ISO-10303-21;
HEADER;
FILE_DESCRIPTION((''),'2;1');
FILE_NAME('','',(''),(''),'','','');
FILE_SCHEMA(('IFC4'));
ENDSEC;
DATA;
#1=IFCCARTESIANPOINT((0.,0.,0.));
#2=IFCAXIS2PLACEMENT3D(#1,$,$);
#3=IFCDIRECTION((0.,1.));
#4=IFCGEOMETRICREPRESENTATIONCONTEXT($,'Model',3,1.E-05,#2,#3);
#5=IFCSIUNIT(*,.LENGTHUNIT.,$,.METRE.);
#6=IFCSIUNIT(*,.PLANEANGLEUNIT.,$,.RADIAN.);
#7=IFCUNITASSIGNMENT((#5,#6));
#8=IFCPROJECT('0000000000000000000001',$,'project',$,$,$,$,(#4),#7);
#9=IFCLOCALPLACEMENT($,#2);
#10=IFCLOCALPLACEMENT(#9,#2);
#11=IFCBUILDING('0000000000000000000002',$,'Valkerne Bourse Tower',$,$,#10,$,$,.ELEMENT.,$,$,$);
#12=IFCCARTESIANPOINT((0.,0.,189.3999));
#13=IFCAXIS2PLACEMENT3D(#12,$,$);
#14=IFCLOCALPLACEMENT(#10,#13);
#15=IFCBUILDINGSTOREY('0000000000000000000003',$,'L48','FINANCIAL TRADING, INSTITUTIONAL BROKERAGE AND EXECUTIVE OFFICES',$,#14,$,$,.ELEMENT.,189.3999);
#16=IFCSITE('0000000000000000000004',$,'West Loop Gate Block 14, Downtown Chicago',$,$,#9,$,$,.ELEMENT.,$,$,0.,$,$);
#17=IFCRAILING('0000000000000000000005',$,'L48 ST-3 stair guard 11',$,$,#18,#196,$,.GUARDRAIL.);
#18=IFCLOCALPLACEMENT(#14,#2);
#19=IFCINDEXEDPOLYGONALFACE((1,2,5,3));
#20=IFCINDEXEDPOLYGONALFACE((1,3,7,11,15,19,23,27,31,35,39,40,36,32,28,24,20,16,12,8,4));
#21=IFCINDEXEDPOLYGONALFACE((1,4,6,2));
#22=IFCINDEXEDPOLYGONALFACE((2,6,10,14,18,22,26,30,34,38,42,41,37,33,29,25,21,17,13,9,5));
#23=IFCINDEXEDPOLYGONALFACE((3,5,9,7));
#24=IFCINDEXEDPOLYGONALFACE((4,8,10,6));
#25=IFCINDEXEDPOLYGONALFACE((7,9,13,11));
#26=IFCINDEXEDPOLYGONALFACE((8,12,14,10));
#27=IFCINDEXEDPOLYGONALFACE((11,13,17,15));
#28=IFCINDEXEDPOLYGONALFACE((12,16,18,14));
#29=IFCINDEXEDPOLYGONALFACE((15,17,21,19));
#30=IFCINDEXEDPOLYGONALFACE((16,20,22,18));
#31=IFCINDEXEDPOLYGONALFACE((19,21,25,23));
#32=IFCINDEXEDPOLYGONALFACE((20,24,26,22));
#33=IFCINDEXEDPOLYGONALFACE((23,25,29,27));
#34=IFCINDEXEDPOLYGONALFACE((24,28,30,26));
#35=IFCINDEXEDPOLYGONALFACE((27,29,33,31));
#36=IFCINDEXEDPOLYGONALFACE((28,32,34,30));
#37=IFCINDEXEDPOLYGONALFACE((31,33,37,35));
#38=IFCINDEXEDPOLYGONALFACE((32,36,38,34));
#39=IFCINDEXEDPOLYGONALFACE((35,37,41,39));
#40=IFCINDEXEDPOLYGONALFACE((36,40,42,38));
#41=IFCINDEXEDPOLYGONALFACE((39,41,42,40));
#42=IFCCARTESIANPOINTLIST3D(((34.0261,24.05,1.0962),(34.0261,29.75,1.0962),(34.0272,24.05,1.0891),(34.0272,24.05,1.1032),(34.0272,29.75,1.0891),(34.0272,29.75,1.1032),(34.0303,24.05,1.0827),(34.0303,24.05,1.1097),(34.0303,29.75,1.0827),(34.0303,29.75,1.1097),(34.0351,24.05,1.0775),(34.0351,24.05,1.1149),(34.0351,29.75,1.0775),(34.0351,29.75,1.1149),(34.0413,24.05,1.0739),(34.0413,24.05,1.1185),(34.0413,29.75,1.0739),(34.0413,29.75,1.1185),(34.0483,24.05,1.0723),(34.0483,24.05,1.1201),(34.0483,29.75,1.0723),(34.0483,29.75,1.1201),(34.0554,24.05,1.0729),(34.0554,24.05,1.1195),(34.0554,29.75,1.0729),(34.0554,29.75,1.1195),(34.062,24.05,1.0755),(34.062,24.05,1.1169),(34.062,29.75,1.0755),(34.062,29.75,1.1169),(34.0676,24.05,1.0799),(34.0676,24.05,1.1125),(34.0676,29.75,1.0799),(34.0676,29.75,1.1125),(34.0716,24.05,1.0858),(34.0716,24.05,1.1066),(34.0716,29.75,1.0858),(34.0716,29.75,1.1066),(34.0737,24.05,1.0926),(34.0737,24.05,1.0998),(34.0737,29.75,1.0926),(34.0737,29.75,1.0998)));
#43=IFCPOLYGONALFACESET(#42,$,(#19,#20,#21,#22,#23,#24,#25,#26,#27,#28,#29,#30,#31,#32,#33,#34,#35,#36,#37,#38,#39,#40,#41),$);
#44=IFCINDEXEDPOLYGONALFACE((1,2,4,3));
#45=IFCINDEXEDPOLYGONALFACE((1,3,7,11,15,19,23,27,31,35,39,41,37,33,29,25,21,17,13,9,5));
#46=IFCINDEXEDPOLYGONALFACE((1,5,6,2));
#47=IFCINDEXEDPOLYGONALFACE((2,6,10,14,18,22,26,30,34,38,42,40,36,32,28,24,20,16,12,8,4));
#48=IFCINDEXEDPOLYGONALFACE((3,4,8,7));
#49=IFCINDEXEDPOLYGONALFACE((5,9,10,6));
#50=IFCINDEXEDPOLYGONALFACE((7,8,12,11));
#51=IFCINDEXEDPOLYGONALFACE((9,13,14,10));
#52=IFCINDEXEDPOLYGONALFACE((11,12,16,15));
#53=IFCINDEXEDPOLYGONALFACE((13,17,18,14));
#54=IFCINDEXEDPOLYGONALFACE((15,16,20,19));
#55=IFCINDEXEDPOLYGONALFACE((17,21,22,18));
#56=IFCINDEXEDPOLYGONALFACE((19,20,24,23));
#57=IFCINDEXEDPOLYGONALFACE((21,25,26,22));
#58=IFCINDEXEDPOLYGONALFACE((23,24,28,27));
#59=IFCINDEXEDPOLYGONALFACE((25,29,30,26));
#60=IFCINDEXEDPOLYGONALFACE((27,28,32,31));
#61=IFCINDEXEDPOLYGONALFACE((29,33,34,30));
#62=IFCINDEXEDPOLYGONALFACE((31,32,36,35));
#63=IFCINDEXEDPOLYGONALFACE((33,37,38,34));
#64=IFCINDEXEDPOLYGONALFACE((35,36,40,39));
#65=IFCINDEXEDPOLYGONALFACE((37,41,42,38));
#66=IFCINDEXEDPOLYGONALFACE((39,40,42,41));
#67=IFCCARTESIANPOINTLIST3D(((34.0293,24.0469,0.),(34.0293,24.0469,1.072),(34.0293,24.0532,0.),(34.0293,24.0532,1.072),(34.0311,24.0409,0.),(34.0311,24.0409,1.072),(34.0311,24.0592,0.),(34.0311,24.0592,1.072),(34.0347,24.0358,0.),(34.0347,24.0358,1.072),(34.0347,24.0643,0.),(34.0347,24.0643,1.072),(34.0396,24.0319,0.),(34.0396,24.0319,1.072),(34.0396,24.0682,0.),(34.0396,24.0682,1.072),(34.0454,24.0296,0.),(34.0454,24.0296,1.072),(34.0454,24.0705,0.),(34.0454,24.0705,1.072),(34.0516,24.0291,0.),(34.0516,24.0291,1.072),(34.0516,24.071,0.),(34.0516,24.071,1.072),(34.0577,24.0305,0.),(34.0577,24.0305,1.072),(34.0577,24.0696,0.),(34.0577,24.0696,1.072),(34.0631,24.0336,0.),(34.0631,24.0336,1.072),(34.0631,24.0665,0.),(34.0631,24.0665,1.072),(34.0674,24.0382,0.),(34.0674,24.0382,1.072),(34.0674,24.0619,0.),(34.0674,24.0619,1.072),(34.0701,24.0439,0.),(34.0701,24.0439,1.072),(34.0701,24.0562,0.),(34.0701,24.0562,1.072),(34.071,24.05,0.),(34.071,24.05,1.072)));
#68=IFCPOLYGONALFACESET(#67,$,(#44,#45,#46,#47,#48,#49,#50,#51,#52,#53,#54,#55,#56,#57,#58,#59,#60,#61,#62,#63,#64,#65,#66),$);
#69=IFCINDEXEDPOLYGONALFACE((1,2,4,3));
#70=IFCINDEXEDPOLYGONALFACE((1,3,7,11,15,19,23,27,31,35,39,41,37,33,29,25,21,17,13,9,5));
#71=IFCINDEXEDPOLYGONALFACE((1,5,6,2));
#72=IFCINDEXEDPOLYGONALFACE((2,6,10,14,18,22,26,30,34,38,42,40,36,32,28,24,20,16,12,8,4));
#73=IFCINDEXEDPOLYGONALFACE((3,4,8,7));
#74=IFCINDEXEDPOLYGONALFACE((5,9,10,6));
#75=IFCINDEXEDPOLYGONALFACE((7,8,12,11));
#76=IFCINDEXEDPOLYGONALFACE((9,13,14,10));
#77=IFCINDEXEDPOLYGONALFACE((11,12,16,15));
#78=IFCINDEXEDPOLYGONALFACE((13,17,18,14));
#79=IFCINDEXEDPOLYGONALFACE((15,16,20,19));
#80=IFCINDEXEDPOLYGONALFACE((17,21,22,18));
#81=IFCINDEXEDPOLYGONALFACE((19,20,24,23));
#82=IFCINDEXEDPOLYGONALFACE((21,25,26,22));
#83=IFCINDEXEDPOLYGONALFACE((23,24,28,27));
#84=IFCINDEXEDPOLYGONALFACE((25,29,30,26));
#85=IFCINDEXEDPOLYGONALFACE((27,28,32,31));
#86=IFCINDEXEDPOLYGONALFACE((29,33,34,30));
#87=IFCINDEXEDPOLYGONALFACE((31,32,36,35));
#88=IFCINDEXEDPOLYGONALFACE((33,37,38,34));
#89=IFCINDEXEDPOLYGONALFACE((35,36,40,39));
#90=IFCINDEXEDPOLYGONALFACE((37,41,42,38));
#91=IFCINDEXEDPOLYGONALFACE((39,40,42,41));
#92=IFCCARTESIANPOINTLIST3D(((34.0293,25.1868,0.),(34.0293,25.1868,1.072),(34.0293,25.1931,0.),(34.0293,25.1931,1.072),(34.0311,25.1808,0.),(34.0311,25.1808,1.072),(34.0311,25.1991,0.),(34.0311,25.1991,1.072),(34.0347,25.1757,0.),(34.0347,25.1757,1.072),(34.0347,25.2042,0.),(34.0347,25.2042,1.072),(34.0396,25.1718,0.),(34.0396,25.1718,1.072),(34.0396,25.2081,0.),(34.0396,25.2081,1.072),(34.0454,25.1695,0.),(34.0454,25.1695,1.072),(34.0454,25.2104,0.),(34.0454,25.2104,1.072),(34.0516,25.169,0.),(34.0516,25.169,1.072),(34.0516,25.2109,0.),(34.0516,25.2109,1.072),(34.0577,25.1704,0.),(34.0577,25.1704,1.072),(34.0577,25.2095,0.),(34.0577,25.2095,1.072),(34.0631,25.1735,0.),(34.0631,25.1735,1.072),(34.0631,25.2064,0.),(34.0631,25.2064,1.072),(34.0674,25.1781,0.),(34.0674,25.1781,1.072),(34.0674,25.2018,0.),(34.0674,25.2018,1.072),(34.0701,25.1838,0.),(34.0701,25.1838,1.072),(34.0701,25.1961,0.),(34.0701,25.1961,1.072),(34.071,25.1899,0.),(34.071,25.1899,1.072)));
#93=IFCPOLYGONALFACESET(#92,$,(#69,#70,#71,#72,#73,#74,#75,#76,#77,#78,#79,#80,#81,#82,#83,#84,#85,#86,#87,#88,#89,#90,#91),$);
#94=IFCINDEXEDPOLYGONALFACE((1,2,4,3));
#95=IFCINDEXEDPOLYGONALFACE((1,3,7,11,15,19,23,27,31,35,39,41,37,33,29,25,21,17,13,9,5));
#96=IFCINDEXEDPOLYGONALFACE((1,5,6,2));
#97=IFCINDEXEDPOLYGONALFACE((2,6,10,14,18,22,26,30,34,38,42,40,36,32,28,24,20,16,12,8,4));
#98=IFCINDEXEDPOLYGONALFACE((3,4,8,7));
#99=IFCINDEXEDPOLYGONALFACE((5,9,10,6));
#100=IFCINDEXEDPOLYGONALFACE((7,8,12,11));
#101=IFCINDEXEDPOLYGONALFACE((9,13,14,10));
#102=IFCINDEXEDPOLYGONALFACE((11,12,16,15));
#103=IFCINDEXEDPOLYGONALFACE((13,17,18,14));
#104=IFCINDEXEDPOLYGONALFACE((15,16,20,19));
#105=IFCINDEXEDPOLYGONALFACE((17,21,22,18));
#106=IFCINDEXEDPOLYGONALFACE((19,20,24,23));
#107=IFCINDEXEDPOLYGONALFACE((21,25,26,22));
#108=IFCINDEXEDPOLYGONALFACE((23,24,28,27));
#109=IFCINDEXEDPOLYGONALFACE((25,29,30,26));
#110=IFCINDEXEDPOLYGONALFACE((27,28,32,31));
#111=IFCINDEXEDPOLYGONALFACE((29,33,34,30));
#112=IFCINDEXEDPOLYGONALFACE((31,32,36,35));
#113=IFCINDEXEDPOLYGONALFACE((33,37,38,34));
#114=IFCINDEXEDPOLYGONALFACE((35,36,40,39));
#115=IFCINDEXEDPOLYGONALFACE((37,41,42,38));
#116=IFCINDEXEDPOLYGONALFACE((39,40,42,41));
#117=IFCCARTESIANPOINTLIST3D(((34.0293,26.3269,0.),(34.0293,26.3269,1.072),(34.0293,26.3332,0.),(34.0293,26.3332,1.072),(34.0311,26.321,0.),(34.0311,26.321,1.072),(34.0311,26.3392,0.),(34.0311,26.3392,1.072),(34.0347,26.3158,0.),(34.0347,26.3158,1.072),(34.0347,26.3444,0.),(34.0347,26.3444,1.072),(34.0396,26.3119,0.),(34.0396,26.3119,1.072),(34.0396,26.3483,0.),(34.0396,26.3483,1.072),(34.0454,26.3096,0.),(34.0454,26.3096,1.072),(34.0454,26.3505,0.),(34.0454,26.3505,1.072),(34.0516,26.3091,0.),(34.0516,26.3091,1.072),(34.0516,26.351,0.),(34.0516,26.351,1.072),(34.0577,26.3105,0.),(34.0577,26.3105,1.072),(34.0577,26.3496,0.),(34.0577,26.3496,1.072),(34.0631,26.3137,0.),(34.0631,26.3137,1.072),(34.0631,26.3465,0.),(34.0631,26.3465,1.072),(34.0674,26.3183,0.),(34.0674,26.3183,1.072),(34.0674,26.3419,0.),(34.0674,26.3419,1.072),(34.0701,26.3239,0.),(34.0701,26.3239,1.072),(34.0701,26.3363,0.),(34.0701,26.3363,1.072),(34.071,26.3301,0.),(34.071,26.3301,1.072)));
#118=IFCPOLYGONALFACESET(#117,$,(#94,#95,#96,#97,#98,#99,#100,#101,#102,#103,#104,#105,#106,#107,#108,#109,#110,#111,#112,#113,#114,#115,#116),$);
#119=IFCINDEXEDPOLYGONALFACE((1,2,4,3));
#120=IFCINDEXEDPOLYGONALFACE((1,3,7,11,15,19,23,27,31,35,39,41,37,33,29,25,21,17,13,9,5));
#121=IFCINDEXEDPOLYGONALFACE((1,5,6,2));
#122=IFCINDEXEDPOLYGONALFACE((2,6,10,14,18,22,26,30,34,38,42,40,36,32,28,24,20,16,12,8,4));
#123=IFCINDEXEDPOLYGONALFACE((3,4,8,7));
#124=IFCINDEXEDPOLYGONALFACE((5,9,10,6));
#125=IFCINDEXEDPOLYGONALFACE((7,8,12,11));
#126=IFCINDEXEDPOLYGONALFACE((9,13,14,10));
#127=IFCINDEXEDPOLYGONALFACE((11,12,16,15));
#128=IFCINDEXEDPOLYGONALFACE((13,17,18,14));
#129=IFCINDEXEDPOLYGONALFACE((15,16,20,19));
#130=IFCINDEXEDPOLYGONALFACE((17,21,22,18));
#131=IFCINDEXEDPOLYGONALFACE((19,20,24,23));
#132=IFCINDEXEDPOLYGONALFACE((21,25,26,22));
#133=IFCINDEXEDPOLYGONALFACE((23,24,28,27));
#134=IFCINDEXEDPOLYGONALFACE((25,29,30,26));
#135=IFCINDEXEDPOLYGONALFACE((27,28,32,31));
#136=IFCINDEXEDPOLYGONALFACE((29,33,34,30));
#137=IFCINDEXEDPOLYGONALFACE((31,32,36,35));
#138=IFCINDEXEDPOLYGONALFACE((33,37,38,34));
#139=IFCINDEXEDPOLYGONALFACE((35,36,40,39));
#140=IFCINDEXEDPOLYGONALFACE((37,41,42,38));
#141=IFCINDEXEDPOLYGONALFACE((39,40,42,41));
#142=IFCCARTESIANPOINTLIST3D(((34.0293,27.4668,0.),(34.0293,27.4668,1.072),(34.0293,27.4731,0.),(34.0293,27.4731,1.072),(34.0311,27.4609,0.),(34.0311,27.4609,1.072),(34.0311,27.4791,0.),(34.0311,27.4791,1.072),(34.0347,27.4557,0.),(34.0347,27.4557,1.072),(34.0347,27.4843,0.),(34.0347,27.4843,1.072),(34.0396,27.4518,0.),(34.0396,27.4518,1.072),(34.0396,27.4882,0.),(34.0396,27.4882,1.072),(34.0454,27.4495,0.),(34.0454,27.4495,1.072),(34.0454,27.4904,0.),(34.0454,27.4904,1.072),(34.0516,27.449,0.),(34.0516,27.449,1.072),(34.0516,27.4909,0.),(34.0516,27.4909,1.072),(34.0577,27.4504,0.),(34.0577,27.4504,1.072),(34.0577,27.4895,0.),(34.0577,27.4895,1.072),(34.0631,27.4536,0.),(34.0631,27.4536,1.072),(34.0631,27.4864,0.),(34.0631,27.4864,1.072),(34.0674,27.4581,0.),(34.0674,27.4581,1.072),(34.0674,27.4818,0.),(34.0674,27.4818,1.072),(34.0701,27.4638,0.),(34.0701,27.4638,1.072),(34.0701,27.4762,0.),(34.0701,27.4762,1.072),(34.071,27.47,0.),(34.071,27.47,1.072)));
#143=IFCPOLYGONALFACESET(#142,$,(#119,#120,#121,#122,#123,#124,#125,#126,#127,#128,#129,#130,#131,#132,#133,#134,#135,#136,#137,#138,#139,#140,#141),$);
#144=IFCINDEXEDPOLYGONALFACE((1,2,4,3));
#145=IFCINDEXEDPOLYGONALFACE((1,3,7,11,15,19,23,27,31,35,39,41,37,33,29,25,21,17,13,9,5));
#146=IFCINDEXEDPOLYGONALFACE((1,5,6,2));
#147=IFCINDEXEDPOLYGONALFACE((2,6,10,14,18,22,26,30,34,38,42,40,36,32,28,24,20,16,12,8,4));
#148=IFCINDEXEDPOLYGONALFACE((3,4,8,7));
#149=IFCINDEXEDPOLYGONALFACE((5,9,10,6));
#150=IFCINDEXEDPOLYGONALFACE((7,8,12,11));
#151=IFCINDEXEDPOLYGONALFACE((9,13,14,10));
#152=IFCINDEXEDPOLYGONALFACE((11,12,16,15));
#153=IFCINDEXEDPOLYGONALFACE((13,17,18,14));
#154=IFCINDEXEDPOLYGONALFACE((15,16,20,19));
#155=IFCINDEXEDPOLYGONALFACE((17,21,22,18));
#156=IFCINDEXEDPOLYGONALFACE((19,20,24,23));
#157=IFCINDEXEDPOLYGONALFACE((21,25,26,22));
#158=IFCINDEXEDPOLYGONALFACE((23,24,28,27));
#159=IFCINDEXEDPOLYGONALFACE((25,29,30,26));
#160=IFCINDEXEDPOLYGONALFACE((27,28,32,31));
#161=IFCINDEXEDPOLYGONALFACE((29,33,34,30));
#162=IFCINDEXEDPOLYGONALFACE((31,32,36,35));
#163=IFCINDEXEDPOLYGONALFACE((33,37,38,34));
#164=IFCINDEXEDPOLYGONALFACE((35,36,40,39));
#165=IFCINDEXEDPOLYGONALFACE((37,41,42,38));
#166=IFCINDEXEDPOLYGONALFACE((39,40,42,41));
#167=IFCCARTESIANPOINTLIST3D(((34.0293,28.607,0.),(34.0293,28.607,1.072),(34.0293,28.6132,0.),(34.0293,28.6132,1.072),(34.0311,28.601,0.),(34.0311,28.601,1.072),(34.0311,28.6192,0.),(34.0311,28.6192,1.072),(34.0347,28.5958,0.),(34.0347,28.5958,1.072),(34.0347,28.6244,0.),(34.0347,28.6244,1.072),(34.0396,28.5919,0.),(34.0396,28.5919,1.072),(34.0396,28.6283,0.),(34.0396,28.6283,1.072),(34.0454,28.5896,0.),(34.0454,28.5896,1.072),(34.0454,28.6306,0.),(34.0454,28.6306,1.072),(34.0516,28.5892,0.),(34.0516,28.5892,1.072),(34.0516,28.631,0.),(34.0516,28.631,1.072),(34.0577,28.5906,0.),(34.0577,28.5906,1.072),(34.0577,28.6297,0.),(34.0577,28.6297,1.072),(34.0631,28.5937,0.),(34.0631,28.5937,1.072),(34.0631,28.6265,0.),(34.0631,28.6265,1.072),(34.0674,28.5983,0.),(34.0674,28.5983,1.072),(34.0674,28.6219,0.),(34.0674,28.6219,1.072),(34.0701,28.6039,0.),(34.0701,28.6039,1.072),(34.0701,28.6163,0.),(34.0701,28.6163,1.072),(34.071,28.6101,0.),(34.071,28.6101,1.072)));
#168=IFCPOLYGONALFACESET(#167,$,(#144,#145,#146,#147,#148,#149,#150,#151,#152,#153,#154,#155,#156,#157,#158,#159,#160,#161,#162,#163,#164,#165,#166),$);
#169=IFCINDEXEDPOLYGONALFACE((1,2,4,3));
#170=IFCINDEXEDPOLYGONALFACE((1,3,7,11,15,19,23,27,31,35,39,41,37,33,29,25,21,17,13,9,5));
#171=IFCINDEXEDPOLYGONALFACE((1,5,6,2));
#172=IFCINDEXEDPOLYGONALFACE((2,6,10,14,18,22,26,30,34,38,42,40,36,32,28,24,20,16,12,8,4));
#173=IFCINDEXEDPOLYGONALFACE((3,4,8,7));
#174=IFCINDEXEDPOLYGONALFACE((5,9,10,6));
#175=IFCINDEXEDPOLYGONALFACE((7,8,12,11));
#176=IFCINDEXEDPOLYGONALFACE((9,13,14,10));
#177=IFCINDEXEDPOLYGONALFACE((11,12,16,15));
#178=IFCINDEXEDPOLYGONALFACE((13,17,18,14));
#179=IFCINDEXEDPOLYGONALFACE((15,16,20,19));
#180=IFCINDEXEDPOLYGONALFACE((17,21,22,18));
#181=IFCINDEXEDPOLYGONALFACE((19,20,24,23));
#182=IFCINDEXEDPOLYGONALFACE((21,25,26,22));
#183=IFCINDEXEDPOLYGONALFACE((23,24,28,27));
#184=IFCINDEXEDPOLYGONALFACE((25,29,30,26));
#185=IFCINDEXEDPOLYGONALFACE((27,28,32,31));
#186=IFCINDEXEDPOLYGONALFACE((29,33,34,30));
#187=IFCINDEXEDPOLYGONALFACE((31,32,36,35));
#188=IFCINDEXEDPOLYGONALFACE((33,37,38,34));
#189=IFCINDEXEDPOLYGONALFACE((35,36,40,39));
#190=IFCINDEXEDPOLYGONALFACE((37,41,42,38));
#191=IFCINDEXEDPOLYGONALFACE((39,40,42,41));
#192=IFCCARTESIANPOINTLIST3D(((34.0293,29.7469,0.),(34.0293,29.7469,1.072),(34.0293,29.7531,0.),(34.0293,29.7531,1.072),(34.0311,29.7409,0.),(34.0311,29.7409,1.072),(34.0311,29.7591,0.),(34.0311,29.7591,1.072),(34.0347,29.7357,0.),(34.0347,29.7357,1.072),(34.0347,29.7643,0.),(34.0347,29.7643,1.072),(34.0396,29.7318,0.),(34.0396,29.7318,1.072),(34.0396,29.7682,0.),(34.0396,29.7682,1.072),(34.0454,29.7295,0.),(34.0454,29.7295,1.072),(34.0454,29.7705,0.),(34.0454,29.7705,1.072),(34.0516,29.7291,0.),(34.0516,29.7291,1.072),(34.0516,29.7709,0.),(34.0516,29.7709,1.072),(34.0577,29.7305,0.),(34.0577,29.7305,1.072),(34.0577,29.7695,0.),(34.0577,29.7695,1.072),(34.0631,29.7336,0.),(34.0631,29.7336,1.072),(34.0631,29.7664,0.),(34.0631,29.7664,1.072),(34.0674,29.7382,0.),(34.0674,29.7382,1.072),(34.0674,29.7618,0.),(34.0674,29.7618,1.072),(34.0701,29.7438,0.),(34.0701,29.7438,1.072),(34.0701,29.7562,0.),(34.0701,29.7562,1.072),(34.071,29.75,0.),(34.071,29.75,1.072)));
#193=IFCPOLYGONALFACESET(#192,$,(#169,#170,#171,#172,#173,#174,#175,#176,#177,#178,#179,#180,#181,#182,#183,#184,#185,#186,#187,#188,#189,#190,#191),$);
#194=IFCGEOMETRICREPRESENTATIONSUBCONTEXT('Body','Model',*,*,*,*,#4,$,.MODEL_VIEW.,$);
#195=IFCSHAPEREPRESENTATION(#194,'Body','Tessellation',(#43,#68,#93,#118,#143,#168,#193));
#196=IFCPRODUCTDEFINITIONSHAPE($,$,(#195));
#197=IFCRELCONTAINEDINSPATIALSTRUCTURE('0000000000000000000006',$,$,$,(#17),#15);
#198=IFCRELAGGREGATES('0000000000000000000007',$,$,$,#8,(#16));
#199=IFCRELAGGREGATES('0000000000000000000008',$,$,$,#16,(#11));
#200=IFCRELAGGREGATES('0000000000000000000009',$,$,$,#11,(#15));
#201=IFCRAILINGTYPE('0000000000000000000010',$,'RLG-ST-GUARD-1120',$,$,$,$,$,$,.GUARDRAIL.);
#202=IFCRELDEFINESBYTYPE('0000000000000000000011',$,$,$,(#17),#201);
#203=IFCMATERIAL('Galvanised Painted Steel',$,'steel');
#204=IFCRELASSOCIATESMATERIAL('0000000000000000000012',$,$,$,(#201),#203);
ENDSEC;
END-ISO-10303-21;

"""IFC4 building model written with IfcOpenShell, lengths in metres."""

from ifc_helpers import new_model, si_unit, direction, frame, origin, origin_2d, place, context, subcontext, project, spatial, circle, extrude, material, type_object, element, save


model = new_model("IFC4")

# Units and contexts
model_context = context("Model", 3, precision=1e-05, world=origin(), true_north=direction((0.0, 1.0)))
body_context = subcontext(model_context, "Body", "Model", "MODEL_VIEW")
ifc_project = project(units=[si_unit("LENGTHUNIT", "METRE"), si_unit("PLANEANGLEUNIT", "RADIAN")], contexts=[model_context])

# Site, building, storey
site_placement = place(None, origin())
site = spatial("IfcSite", under=ifc_project, at=site_placement, Name="West Loop Gate Block 14, Downtown Chicago", CompositionType="ELEMENT", RefElevation=0.0)
building_placement = place(site_placement, origin())
building = spatial("IfcBuilding", under=site, at=building_placement, Name="Valkerne Bourse Tower", CompositionType="ELEMENT")
storey_placement = place(building_placement, frame((0.0, 0.0, 189.3999)))
storey = spatial("IfcBuildingStorey", under=building, at=storey_placement, Name="L48", Description="FINANCIAL TRADING, INSTITUTIONAL BROKERAGE AND EXECUTIVE OFFICES", CompositionType="ELEMENT", Elevation=189.3999)

# Shared definitions
ifc_material_1 = material(Name="Galvanised Painted Steel", Category="steel")

# Railing
railing_type_1 = type_object("IfcRailingType", Name="RLG-ST-GUARD-1120", PredefinedType="GUARDRAIL", material=ifc_material_1)
railing_1_placement = place(storey_placement, frame((34.05, 24.05, 0.0)))
element("IfcRailing", 1, at=railing_1_placement, inside=storey, type_object=railing_type_1, Name="L48 ST-3 stair guard 11", PredefinedType="GUARDRAIL", context=body_context, shape_type="SweptSolid", body=[
    extrude(circle(Radius=0.0239, at=origin_2d()), frame((0.0, 0.0, 1.0962), z_axis=(0.0, 1.0, 0.0), x_axis=(-1.0, 0.0, 0.0)), (0.0, 0.0, 1.0), 5.7),
    extrude(circle(Radius=0.021, at=origin_2d()), origin(), (0.0, 0.0, 1.0), 1.072),
    extrude(circle(Radius=0.021, at=origin_2d()), frame((0.0, 1.1399, 0.0)), (0.0, 0.0, 1.0), 1.072),
    extrude(circle(Radius=0.021, at=origin_2d()), frame((0.0, 2.28, 0.0)), (0.0, 0.0, 1.0), 1.072),
    extrude(circle(Radius=0.021, at=origin_2d()), frame((0.0, 3.4199, 0.0)), (0.0, 0.0, 1.0), 1.072),
    extrude(circle(Radius=0.021, at=origin_2d()), frame((0.0, 4.5601, 0.0)), (0.0, 0.0, 1.0), 1.072),
    extrude(circle(Radius=0.021, at=origin_2d()), frame((0.0, 5.7, 0.0)), (0.0, 0.0, 1.0), 1.072),
])

save(model, "model.ifc")
